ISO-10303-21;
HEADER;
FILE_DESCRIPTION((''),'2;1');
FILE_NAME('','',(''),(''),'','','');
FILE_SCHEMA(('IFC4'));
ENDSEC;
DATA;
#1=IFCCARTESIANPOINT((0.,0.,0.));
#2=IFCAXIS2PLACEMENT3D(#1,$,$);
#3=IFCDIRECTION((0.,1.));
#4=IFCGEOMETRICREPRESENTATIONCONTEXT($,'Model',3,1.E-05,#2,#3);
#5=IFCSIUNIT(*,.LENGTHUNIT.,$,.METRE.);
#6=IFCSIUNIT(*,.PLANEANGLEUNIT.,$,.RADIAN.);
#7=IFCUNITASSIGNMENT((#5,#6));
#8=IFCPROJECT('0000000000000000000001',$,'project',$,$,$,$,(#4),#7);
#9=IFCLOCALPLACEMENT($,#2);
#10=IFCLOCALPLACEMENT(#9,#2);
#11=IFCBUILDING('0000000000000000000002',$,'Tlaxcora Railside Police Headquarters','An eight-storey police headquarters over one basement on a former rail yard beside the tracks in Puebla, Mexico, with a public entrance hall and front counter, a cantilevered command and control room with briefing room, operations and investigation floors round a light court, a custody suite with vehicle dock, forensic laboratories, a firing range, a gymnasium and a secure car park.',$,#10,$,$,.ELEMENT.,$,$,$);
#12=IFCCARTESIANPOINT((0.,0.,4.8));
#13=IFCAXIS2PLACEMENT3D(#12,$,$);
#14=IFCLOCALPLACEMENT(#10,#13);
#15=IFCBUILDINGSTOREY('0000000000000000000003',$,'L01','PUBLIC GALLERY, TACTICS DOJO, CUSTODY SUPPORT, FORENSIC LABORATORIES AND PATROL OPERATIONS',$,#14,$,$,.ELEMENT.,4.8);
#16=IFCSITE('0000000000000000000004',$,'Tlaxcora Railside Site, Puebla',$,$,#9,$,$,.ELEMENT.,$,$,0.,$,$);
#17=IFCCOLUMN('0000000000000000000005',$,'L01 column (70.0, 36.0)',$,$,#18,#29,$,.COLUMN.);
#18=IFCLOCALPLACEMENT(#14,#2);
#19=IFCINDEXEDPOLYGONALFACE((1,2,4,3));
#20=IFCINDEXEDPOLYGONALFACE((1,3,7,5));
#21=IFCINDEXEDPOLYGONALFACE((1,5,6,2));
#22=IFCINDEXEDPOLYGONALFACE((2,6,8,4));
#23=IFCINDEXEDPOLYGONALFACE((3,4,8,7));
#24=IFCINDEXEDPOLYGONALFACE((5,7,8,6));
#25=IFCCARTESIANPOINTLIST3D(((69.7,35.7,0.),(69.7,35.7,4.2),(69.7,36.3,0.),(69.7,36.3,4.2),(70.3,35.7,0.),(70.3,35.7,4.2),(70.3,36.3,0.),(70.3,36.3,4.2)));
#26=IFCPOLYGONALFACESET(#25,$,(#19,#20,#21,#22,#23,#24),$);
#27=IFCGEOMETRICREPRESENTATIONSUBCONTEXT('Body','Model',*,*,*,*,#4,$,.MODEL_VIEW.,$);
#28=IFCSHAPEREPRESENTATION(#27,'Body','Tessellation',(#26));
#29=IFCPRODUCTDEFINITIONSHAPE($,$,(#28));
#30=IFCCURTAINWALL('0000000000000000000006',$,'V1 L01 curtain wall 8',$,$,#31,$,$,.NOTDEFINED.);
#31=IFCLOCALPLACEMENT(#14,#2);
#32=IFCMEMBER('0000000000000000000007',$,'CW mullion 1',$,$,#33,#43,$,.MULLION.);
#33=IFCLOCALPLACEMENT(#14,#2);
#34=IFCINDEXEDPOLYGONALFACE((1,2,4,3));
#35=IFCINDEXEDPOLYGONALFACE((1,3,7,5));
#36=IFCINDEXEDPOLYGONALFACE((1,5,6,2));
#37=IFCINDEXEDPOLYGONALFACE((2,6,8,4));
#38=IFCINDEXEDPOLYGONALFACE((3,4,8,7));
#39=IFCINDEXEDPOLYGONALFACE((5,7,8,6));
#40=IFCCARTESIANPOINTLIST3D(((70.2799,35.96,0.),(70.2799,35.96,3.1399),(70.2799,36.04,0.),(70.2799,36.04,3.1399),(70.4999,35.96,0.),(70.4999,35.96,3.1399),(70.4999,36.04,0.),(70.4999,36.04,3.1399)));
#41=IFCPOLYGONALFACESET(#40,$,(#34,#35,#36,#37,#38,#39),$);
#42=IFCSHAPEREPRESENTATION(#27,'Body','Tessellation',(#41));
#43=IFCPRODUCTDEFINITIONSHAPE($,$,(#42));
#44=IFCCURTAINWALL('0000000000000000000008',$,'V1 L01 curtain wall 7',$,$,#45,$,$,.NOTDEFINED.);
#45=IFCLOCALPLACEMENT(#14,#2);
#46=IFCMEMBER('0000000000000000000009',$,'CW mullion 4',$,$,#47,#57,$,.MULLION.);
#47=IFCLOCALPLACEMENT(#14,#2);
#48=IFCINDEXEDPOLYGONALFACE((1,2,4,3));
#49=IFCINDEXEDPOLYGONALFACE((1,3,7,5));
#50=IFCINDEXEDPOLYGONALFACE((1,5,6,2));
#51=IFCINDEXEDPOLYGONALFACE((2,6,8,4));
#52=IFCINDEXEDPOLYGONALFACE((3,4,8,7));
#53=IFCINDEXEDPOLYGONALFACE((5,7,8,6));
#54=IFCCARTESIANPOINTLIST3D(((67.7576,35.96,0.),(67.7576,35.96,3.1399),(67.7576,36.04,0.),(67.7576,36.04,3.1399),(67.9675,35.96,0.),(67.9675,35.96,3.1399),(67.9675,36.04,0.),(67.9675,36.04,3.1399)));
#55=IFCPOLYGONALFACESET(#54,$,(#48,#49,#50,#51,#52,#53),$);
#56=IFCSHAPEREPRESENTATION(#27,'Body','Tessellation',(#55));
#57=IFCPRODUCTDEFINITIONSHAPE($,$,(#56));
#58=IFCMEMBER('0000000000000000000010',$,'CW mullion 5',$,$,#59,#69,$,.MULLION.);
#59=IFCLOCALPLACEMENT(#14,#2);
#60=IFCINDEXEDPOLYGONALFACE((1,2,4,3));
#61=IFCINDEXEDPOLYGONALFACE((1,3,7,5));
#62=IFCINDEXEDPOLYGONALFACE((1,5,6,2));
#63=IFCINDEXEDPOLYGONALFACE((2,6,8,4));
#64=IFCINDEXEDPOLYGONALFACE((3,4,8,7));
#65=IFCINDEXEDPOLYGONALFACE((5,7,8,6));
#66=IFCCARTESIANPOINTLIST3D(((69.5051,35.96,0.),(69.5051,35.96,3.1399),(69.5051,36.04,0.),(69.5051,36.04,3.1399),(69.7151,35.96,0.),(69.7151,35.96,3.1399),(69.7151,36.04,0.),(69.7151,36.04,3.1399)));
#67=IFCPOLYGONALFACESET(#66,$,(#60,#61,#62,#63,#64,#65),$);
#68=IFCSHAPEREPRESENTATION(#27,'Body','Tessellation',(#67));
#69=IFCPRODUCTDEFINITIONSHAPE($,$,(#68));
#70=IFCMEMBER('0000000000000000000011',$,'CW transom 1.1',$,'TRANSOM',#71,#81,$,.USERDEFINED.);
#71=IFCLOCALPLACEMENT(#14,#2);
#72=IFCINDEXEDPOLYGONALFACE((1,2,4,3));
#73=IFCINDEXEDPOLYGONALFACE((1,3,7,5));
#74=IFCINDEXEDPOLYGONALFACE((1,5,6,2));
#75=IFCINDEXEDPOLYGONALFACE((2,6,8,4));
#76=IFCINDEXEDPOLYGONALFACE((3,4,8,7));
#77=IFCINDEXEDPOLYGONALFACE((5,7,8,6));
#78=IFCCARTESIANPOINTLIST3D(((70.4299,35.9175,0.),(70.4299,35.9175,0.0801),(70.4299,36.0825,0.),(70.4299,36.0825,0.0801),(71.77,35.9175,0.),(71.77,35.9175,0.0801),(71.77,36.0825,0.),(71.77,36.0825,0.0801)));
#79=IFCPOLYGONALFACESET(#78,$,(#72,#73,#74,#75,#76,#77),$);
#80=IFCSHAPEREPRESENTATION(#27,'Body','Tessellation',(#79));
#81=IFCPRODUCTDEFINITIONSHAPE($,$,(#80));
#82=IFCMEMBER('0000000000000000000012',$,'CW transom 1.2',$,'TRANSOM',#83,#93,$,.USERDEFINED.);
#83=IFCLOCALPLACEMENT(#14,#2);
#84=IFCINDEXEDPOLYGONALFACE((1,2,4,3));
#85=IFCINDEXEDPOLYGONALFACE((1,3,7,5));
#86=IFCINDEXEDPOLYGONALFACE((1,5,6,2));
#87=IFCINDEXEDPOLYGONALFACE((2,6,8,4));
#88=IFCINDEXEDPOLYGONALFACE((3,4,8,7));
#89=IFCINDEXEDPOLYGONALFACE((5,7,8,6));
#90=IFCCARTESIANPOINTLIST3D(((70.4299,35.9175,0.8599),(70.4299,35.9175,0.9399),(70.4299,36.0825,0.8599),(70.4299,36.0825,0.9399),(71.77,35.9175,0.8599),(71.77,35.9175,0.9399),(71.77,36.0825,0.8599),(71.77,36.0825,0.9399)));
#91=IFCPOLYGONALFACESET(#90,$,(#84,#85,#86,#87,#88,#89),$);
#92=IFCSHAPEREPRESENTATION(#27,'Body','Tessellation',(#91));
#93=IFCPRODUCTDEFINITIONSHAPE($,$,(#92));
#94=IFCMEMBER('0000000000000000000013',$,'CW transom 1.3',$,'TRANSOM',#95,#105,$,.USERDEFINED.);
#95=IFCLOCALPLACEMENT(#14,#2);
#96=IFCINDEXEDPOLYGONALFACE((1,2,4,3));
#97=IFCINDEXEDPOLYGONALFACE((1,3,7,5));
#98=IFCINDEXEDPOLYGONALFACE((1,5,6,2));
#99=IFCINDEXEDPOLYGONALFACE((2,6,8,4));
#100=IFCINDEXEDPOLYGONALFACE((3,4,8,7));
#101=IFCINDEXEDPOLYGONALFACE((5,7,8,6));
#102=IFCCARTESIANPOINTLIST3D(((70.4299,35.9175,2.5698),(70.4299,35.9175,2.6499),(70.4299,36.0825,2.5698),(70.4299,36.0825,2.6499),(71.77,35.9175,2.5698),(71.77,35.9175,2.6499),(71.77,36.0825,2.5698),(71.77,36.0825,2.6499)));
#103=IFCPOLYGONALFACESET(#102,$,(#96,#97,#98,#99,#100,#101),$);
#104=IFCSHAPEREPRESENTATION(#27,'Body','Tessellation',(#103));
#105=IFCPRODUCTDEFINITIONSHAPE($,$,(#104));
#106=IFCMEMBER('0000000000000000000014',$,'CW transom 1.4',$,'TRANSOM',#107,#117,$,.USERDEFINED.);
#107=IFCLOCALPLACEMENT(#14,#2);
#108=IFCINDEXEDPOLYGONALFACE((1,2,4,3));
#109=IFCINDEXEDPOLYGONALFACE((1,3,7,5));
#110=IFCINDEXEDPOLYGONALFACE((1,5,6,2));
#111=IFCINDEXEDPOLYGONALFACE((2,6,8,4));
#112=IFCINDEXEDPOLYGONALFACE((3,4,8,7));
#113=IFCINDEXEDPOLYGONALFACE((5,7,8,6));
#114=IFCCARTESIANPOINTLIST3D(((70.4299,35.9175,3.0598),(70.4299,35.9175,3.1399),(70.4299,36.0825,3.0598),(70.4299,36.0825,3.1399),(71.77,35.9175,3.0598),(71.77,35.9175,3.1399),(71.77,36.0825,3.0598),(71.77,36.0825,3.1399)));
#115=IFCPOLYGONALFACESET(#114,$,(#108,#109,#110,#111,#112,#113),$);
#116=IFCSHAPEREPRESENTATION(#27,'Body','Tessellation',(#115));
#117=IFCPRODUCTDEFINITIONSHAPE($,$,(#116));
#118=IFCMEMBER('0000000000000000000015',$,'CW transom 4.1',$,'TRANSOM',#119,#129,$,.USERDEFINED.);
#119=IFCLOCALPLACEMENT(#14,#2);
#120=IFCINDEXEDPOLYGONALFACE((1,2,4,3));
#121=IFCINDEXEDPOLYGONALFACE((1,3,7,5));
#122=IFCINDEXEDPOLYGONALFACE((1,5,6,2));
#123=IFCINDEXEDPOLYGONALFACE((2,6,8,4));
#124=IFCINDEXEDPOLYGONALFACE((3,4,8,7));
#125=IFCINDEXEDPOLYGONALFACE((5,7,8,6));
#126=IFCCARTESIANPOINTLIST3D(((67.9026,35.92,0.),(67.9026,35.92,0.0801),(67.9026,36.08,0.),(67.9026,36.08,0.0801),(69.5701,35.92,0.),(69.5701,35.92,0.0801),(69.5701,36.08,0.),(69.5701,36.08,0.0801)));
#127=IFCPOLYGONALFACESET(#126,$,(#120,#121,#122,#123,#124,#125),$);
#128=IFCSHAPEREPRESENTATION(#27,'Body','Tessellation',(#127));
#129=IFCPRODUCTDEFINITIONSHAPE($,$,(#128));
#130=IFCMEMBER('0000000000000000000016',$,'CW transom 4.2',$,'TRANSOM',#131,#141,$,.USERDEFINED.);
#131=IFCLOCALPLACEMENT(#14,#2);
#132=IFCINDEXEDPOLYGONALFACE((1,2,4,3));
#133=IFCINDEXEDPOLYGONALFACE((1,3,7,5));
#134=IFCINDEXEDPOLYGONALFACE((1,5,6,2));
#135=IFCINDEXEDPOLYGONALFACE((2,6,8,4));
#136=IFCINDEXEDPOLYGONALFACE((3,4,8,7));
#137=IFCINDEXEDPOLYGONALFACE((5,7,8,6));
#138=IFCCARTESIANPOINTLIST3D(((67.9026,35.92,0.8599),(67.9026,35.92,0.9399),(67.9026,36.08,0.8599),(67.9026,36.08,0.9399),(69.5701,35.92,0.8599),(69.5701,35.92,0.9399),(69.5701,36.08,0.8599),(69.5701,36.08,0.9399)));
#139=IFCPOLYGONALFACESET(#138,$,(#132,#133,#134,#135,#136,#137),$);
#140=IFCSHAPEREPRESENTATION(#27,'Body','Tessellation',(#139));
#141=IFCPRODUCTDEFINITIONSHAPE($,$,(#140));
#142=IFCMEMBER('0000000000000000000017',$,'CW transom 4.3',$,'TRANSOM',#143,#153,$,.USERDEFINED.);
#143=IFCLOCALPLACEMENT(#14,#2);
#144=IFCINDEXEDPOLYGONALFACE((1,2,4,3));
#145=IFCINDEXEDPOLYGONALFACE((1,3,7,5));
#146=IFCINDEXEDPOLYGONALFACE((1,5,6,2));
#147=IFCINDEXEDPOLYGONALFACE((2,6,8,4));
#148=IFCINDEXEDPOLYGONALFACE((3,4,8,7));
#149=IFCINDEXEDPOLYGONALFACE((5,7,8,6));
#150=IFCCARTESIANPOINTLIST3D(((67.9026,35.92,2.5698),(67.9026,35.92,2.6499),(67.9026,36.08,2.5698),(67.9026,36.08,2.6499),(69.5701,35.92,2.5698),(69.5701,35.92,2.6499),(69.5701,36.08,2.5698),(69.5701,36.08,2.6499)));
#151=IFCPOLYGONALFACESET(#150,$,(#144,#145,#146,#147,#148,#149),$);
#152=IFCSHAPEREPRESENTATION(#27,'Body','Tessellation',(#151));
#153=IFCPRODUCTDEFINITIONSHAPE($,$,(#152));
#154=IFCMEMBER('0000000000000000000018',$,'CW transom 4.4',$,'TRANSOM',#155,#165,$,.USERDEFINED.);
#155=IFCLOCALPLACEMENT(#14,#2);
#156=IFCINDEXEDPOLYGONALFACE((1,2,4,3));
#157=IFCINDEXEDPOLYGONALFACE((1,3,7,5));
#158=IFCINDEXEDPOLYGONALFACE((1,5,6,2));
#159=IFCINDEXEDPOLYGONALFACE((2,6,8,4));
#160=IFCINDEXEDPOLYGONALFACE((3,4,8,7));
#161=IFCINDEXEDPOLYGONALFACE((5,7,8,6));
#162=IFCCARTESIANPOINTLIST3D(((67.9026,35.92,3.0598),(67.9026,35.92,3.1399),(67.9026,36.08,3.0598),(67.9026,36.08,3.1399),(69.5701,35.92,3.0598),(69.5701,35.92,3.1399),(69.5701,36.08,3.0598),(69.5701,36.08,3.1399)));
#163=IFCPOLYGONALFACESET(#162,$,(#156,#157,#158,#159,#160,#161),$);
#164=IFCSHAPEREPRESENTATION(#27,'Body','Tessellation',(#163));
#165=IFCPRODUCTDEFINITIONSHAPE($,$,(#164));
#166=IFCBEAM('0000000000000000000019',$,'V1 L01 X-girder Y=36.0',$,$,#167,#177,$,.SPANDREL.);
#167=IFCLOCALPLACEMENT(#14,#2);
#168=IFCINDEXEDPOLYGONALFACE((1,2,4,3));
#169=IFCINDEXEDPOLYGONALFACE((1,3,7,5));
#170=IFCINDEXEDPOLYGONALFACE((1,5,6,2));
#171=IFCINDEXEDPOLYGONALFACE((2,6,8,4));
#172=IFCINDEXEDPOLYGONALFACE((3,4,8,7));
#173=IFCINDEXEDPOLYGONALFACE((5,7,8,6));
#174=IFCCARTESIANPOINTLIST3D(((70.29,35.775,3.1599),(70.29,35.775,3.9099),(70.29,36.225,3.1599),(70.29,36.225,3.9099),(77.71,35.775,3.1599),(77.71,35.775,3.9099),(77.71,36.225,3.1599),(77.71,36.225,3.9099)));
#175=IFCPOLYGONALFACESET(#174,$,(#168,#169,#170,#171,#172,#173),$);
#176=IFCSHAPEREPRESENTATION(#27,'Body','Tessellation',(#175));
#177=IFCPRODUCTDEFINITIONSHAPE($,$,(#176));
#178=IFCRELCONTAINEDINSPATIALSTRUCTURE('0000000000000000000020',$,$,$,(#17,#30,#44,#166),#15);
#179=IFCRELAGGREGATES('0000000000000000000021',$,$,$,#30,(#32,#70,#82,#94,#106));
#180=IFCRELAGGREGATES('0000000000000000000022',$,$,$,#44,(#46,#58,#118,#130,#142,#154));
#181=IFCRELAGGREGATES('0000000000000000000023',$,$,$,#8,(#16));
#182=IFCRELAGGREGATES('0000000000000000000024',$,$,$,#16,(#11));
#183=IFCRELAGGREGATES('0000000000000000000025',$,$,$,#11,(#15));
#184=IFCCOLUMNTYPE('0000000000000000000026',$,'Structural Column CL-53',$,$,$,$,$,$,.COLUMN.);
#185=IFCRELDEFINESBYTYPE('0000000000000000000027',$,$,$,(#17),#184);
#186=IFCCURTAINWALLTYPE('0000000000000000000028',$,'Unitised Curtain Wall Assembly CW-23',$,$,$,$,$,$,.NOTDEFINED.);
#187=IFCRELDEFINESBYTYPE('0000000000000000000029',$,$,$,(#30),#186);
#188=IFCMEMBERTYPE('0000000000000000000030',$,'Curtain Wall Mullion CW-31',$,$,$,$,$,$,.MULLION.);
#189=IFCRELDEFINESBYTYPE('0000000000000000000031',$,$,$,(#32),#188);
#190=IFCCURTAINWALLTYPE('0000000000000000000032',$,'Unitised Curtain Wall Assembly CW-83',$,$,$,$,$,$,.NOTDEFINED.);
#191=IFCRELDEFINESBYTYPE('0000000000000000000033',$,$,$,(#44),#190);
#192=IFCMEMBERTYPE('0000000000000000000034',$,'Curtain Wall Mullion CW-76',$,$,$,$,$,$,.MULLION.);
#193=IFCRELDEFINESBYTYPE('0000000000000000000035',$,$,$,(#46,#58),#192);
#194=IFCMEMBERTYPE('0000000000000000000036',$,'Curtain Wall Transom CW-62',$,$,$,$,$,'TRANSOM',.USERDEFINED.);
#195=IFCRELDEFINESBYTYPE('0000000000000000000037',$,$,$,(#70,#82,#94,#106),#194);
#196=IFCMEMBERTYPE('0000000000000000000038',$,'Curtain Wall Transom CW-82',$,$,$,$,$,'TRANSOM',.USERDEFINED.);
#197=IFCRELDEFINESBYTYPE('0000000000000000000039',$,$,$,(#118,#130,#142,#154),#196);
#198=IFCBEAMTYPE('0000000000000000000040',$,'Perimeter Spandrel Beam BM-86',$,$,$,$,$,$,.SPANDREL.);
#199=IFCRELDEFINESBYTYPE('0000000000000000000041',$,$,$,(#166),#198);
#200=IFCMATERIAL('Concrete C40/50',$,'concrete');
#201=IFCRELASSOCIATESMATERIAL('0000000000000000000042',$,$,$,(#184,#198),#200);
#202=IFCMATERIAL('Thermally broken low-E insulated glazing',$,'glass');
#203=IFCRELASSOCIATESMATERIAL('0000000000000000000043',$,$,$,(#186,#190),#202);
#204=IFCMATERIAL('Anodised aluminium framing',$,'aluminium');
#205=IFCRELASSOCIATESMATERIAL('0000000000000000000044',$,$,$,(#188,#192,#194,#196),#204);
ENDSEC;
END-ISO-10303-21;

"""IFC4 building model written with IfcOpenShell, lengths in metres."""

from ifc_helpers import new_model, si_unit, direction, frame, origin, origin_2d, place, context, subcontext, project, spatial, rectangle, extrude, material, material_profile, profile_set, type_object, element, aggregate, save


model = new_model("IFC4")

# Units and contexts
model_context = context("Model", 3, precision=1e-05, world=origin(), true_north=direction((0.0, 1.0)))
body_context = subcontext(model_context, "Body", "Model", "MODEL_VIEW")
ifc_project = project(units=[si_unit("LENGTHUNIT", "METRE"), si_unit("PLANEANGLEUNIT", "RADIAN")], contexts=[model_context])

# Site, building, storey
site_placement = place(None, origin())
site = spatial("IfcSite", under=ifc_project, at=site_placement, Name="Tlaxcora Railside Site, Puebla", CompositionType="ELEMENT", RefElevation=0.0)
building_placement = place(site_placement, origin())
building = spatial("IfcBuilding", under=site, at=building_placement, Name="Tlaxcora Railside Police Headquarters", Description="An eight-storey police headquarters over one basement on a former rail yard beside the tracks in Puebla, Mexico, with a public entrance hall and front counter, a cantilevered command and control room with briefing room, operations and investigation floors round a light court, a custody suite with vehicle dock, forensic laboratories, a firing range, a gymnasium and a secure car park.", CompositionType="ELEMENT")
storey_placement = place(building_placement, frame((0.0, 0.0, 4.8)))
storey = spatial("IfcBuildingStorey", under=building, at=storey_placement, Name="L01", Description="PUBLIC GALLERY, TACTICS DOJO, CUSTODY SUPPORT, FORENSIC LABORATORIES AND PATROL OPERATIONS", CompositionType="ELEMENT", Elevation=4.8)

# Column
ifc_material_1 = material(Name="Concrete C40/50", Category="concrete")
ifc_material_profile_1 = material_profile(ifc_material_1, rectangle(XDim=0.6001, YDim=0.6001, at=origin_2d()), Name="RC600X600")
ifc_profile_set_1 = profile_set([ifc_material_profile_1], Name="Concrete C40/50")
column_type = type_object("IfcColumnType", Name="Structural Column CL-53", PredefinedType="COLUMN", material=ifc_profile_set_1)
column_placement = place(storey_placement, frame((70.0, 36.0, 0.0), z_axis=(0.0, 0.0, 1.0), x_axis=(1.0, 0.0, 0.0)))
element("IfcColumn", 1, at=column_placement, inside=storey, type_object=column_type, Name="L01 column (70.0, 36.0)", PredefinedType="COLUMN", context=body_context, shape_type="SweptSolid", body=[
    extrude(rectangle(XDim=0.6001, YDim=0.6001, at=origin_2d()), origin(), (0.0, 0.0, 1.0), 4.2),
])

# Curtain wall, member
ifc_material_2 = material(Name="Thermally broken low-E insulated glazing", Category="glass")
curtain_wall_type_1 = type_object("IfcCurtainWallType", Name="Unitised Curtain Wall Assembly CW-23", PredefinedType="NOTDEFINED", material=ifc_material_2)
curtain_wall_1_placement = place(storey_placement, origin())
curtain_wall_1 = element("IfcCurtainWall", 2, at=curtain_wall_1_placement, inside=storey, type_object=curtain_wall_type_1, Name="V1 L01 curtain wall 8", PredefinedType="NOTDEFINED")
ifc_material_3 = material(Name="Anodised aluminium framing", Category="aluminium")
ifc_material_profile_2 = material_profile(ifc_material_3, rectangle(XDim=0.0801, YDim=0.22, at=origin_2d()), Name="AL80X220")
ifc_profile_set_2 = profile_set([ifc_material_profile_2], Name="Anodised aluminium framing")
member_type_1 = type_object("IfcMemberType", Name="Curtain Wall Mullion CW-31", PredefinedType="MULLION", material=ifc_profile_set_2)
member_1_placement = place(storey_placement, frame((70.3899, 36.0, 0.0), z_axis=(0.0, 0.0, 1.0), x_axis=(0.0, 1.0, 0.0)))
member_1 = element("IfcMember", 3, at=member_1_placement, type_object=member_type_1, Name="CW mullion 1", PredefinedType="MULLION", context=body_context, shape_type="SweptSolid", body=[
    extrude(rectangle(XDim=0.0801, YDim=0.22, at=origin_2d()), origin(), (0.0, 0.0, 1.0), 3.1399),
])

# Curtain wall, members
curtain_wall_type_2 = type_object("IfcCurtainWallType", Name="Unitised Curtain Wall Assembly CW-83", PredefinedType="NOTDEFINED", material=ifc_material_2)
curtain_wall_2_placement = place(storey_placement, origin())
curtain_wall_2 = element("IfcCurtainWall", 4, at=curtain_wall_2_placement, inside=storey, type_object=curtain_wall_type_2, Name="V1 L01 curtain wall 7", PredefinedType="NOTDEFINED")
ifc_material_profile_3 = material_profile(ifc_material_3, rectangle(XDim=0.0801, YDim=0.21, at=origin_2d()), Name="AL80X210")
ifc_profile_set_3 = profile_set([ifc_material_profile_3], Name="Anodised aluminium framing")
member_type_2 = type_object("IfcMemberType", Name="Curtain Wall Mullion CW-76", PredefinedType="MULLION", material=ifc_profile_set_3)
member_2_placement = place(storey_placement, frame((67.8625, 36.0, 0.0), z_axis=(0.0, 0.0, 1.0), x_axis=(0.0, 1.0, 0.0)))
member_2 = element("IfcMember", 5, at=member_2_placement, type_object=member_type_2, Name="CW mullion 4", PredefinedType="MULLION", context=body_context, shape_type="SweptSolid", body=[
    extrude(rectangle(XDim=0.0801, YDim=0.21, at=origin_2d()), origin(), (0.0, 0.0, 1.0), 3.1399),
])
member_3_placement = place(storey_placement, frame((69.6101, 36.0, 0.0), z_axis=(0.0, 0.0, 1.0), x_axis=(0.0, 1.0, 0.0)))
member_3 = element("IfcMember", 6, at=member_3_placement, type_object=member_type_2, Name="CW mullion 5", PredefinedType="MULLION", context=body_context, shape_type="SweptSolid", body=[
    extrude(rectangle(XDim=0.0801, YDim=0.21, at=origin_2d()), origin(), (0.0, 0.0, 1.0), 3.1399),
])

# Members
ifc_material_profile_4 = material_profile(ifc_material_3, rectangle(XDim=0.165, YDim=0.0801, at=origin_2d()), Name="AL80X165")
ifc_profile_set_4 = profile_set([ifc_material_profile_4], Name="Anodised aluminium framing")
member_type_3 = type_object("IfcMemberType", Name="Curtain Wall Transom CW-62", ElementType="TRANSOM", PredefinedType="USERDEFINED", material=ifc_profile_set_4)
member_4_placement = place(storey_placement, frame((70.4299, 36.0, 0.04), z_axis=(1.0, 0.0, 0.0), x_axis=(0.0, 1.0, 0.0)))
member_4 = element("IfcMember", 7, at=member_4_placement, type_object=member_type_3, Name="CW transom 1.1", ObjectType="TRANSOM", PredefinedType="USERDEFINED", context=body_context, shape_type="SweptSolid", body=[
    extrude(rectangle(XDim=0.165, YDim=0.0801, at=origin_2d()), origin(), (0.0, 0.0, 1.0), 1.3401),
])
member_5_placement = place(storey_placement, frame((70.4299, 36.0, 0.8999), z_axis=(1.0, 0.0, 0.0), x_axis=(0.0, 1.0, 0.0)))
member_5 = element("IfcMember", 8, at=member_5_placement, type_object=member_type_3, Name="CW transom 1.2", ObjectType="TRANSOM", PredefinedType="USERDEFINED", context=body_context, shape_type="SweptSolid", body=[
    extrude(rectangle(XDim=0.165, YDim=0.0801, at=origin_2d()), origin(), (0.0, 0.0, 1.0), 1.3401),
])
member_6_placement = place(storey_placement, frame((70.4299, 36.0, 2.6099), z_axis=(1.0, 0.0, 0.0), x_axis=(0.0, 1.0, 0.0)))
member_6 = element("IfcMember", 9, at=member_6_placement, type_object=member_type_3, Name="CW transom 1.3", ObjectType="TRANSOM", PredefinedType="USERDEFINED", context=body_context, shape_type="SweptSolid", body=[
    extrude(rectangle(XDim=0.165, YDim=0.0801, at=origin_2d()), origin(), (0.0, 0.0, 1.0), 1.3401),
])
member_7_placement = place(storey_placement, frame((70.4299, 36.0, 3.0999), z_axis=(1.0, 0.0, 0.0), x_axis=(0.0, 1.0, 0.0)))
member_7 = element("IfcMember", 10, at=member_7_placement, type_object=member_type_3, Name="CW transom 1.4", ObjectType="TRANSOM", PredefinedType="USERDEFINED", context=body_context, shape_type="SweptSolid", body=[
    extrude(rectangle(XDim=0.165, YDim=0.0801, at=origin_2d()), origin(), (0.0, 0.0, 1.0), 1.3401),
])
ifc_material_profile_5 = material_profile(ifc_material_3, rectangle(XDim=0.1599, YDim=0.0801, at=origin_2d()), Name="AL80X160")
ifc_profile_set_5 = profile_set([ifc_material_profile_5], Name="Anodised aluminium framing")
member_type_4 = type_object("IfcMemberType", Name="Curtain Wall Transom CW-82", ElementType="TRANSOM", PredefinedType="USERDEFINED", material=ifc_profile_set_5)
member_8_placement = place(storey_placement, frame((67.9026, 36.0, 0.04), z_axis=(1.0, 0.0, 0.0), x_axis=(0.0, 1.0, 0.0)))
member_8 = element("IfcMember", 11, at=member_8_placement, type_object=member_type_4, Name="CW transom 4.1", ObjectType="TRANSOM", PredefinedType="USERDEFINED", context=body_context, shape_type="SweptSolid", body=[
    extrude(rectangle(XDim=0.1599, YDim=0.0801, at=origin_2d()), origin(), (0.0, 0.0, 1.0), 1.6675),
])
member_9_placement = place(storey_placement, frame((67.9026, 36.0, 0.8999), z_axis=(1.0, 0.0, 0.0), x_axis=(0.0, 1.0, 0.0)))
member_9 = element("IfcMember", 12, at=member_9_placement, type_object=member_type_4, Name="CW transom 4.2", ObjectType="TRANSOM", PredefinedType="USERDEFINED", context=body_context, shape_type="SweptSolid", body=[
    extrude(rectangle(XDim=0.1599, YDim=0.0801, at=origin_2d()), origin(), (0.0, 0.0, 1.0), 1.6675),
])
member_10_placement = place(storey_placement, frame((67.9026, 36.0, 2.6099), z_axis=(1.0, 0.0, 0.0), x_axis=(0.0, 1.0, 0.0)))
member_10 = element("IfcMember", 13, at=member_10_placement, type_object=member_type_4, Name="CW transom 4.3", ObjectType="TRANSOM", PredefinedType="USERDEFINED", context=body_context, shape_type="SweptSolid", body=[
    extrude(rectangle(XDim=0.1599, YDim=0.0801, at=origin_2d()), origin(), (0.0, 0.0, 1.0), 1.6675),
])
member_11_placement = place(storey_placement, frame((67.9026, 36.0, 3.0999), z_axis=(1.0, 0.0, 0.0), x_axis=(0.0, 1.0, 0.0)))
member_11 = element("IfcMember", 14, at=member_11_placement, type_object=member_type_4, Name="CW transom 4.4", ObjectType="TRANSOM", PredefinedType="USERDEFINED", context=body_context, shape_type="SweptSolid", body=[
    extrude(rectangle(XDim=0.1599, YDim=0.0801, at=origin_2d()), origin(), (0.0, 0.0, 1.0), 1.6675),
])

# Beam
ifc_material_profile_6 = material_profile(ifc_material_1, rectangle(XDim=0.45, YDim=0.75, at=origin_2d()), Name="RC450X750")
ifc_profile_set_6 = profile_set([ifc_material_profile_6], Name="Concrete C40/50")
beam_type = type_object("IfcBeamType", Name="Perimeter Spandrel Beam BM-86", PredefinedType="SPANDREL", material=ifc_profile_set_6)
beam_placement = place(storey_placement, frame((70.29, 36.0, 3.5349), z_axis=(1.0, 0.0, 0.0), x_axis=(0.0, 1.0, 0.0)))
element("IfcBeam", 15, at=beam_placement, inside=storey, type_object=beam_type, Name="V1 L01 X-girder Y=36.0", PredefinedType="SPANDREL", context=body_context, shape_type="SweptSolid", body=[
    extrude(rectangle(XDim=0.45, YDim=0.75, at=origin_2d()), origin(), (0.0, 0.0, 1.0), 7.4199),
])

aggregate(curtain_wall_1, [member_1, member_4, member_5, member_6, member_7])
aggregate(curtain_wall_2, [member_2, member_3, member_8, member_9, member_10, member_11])

save(model, "model.ifc")
